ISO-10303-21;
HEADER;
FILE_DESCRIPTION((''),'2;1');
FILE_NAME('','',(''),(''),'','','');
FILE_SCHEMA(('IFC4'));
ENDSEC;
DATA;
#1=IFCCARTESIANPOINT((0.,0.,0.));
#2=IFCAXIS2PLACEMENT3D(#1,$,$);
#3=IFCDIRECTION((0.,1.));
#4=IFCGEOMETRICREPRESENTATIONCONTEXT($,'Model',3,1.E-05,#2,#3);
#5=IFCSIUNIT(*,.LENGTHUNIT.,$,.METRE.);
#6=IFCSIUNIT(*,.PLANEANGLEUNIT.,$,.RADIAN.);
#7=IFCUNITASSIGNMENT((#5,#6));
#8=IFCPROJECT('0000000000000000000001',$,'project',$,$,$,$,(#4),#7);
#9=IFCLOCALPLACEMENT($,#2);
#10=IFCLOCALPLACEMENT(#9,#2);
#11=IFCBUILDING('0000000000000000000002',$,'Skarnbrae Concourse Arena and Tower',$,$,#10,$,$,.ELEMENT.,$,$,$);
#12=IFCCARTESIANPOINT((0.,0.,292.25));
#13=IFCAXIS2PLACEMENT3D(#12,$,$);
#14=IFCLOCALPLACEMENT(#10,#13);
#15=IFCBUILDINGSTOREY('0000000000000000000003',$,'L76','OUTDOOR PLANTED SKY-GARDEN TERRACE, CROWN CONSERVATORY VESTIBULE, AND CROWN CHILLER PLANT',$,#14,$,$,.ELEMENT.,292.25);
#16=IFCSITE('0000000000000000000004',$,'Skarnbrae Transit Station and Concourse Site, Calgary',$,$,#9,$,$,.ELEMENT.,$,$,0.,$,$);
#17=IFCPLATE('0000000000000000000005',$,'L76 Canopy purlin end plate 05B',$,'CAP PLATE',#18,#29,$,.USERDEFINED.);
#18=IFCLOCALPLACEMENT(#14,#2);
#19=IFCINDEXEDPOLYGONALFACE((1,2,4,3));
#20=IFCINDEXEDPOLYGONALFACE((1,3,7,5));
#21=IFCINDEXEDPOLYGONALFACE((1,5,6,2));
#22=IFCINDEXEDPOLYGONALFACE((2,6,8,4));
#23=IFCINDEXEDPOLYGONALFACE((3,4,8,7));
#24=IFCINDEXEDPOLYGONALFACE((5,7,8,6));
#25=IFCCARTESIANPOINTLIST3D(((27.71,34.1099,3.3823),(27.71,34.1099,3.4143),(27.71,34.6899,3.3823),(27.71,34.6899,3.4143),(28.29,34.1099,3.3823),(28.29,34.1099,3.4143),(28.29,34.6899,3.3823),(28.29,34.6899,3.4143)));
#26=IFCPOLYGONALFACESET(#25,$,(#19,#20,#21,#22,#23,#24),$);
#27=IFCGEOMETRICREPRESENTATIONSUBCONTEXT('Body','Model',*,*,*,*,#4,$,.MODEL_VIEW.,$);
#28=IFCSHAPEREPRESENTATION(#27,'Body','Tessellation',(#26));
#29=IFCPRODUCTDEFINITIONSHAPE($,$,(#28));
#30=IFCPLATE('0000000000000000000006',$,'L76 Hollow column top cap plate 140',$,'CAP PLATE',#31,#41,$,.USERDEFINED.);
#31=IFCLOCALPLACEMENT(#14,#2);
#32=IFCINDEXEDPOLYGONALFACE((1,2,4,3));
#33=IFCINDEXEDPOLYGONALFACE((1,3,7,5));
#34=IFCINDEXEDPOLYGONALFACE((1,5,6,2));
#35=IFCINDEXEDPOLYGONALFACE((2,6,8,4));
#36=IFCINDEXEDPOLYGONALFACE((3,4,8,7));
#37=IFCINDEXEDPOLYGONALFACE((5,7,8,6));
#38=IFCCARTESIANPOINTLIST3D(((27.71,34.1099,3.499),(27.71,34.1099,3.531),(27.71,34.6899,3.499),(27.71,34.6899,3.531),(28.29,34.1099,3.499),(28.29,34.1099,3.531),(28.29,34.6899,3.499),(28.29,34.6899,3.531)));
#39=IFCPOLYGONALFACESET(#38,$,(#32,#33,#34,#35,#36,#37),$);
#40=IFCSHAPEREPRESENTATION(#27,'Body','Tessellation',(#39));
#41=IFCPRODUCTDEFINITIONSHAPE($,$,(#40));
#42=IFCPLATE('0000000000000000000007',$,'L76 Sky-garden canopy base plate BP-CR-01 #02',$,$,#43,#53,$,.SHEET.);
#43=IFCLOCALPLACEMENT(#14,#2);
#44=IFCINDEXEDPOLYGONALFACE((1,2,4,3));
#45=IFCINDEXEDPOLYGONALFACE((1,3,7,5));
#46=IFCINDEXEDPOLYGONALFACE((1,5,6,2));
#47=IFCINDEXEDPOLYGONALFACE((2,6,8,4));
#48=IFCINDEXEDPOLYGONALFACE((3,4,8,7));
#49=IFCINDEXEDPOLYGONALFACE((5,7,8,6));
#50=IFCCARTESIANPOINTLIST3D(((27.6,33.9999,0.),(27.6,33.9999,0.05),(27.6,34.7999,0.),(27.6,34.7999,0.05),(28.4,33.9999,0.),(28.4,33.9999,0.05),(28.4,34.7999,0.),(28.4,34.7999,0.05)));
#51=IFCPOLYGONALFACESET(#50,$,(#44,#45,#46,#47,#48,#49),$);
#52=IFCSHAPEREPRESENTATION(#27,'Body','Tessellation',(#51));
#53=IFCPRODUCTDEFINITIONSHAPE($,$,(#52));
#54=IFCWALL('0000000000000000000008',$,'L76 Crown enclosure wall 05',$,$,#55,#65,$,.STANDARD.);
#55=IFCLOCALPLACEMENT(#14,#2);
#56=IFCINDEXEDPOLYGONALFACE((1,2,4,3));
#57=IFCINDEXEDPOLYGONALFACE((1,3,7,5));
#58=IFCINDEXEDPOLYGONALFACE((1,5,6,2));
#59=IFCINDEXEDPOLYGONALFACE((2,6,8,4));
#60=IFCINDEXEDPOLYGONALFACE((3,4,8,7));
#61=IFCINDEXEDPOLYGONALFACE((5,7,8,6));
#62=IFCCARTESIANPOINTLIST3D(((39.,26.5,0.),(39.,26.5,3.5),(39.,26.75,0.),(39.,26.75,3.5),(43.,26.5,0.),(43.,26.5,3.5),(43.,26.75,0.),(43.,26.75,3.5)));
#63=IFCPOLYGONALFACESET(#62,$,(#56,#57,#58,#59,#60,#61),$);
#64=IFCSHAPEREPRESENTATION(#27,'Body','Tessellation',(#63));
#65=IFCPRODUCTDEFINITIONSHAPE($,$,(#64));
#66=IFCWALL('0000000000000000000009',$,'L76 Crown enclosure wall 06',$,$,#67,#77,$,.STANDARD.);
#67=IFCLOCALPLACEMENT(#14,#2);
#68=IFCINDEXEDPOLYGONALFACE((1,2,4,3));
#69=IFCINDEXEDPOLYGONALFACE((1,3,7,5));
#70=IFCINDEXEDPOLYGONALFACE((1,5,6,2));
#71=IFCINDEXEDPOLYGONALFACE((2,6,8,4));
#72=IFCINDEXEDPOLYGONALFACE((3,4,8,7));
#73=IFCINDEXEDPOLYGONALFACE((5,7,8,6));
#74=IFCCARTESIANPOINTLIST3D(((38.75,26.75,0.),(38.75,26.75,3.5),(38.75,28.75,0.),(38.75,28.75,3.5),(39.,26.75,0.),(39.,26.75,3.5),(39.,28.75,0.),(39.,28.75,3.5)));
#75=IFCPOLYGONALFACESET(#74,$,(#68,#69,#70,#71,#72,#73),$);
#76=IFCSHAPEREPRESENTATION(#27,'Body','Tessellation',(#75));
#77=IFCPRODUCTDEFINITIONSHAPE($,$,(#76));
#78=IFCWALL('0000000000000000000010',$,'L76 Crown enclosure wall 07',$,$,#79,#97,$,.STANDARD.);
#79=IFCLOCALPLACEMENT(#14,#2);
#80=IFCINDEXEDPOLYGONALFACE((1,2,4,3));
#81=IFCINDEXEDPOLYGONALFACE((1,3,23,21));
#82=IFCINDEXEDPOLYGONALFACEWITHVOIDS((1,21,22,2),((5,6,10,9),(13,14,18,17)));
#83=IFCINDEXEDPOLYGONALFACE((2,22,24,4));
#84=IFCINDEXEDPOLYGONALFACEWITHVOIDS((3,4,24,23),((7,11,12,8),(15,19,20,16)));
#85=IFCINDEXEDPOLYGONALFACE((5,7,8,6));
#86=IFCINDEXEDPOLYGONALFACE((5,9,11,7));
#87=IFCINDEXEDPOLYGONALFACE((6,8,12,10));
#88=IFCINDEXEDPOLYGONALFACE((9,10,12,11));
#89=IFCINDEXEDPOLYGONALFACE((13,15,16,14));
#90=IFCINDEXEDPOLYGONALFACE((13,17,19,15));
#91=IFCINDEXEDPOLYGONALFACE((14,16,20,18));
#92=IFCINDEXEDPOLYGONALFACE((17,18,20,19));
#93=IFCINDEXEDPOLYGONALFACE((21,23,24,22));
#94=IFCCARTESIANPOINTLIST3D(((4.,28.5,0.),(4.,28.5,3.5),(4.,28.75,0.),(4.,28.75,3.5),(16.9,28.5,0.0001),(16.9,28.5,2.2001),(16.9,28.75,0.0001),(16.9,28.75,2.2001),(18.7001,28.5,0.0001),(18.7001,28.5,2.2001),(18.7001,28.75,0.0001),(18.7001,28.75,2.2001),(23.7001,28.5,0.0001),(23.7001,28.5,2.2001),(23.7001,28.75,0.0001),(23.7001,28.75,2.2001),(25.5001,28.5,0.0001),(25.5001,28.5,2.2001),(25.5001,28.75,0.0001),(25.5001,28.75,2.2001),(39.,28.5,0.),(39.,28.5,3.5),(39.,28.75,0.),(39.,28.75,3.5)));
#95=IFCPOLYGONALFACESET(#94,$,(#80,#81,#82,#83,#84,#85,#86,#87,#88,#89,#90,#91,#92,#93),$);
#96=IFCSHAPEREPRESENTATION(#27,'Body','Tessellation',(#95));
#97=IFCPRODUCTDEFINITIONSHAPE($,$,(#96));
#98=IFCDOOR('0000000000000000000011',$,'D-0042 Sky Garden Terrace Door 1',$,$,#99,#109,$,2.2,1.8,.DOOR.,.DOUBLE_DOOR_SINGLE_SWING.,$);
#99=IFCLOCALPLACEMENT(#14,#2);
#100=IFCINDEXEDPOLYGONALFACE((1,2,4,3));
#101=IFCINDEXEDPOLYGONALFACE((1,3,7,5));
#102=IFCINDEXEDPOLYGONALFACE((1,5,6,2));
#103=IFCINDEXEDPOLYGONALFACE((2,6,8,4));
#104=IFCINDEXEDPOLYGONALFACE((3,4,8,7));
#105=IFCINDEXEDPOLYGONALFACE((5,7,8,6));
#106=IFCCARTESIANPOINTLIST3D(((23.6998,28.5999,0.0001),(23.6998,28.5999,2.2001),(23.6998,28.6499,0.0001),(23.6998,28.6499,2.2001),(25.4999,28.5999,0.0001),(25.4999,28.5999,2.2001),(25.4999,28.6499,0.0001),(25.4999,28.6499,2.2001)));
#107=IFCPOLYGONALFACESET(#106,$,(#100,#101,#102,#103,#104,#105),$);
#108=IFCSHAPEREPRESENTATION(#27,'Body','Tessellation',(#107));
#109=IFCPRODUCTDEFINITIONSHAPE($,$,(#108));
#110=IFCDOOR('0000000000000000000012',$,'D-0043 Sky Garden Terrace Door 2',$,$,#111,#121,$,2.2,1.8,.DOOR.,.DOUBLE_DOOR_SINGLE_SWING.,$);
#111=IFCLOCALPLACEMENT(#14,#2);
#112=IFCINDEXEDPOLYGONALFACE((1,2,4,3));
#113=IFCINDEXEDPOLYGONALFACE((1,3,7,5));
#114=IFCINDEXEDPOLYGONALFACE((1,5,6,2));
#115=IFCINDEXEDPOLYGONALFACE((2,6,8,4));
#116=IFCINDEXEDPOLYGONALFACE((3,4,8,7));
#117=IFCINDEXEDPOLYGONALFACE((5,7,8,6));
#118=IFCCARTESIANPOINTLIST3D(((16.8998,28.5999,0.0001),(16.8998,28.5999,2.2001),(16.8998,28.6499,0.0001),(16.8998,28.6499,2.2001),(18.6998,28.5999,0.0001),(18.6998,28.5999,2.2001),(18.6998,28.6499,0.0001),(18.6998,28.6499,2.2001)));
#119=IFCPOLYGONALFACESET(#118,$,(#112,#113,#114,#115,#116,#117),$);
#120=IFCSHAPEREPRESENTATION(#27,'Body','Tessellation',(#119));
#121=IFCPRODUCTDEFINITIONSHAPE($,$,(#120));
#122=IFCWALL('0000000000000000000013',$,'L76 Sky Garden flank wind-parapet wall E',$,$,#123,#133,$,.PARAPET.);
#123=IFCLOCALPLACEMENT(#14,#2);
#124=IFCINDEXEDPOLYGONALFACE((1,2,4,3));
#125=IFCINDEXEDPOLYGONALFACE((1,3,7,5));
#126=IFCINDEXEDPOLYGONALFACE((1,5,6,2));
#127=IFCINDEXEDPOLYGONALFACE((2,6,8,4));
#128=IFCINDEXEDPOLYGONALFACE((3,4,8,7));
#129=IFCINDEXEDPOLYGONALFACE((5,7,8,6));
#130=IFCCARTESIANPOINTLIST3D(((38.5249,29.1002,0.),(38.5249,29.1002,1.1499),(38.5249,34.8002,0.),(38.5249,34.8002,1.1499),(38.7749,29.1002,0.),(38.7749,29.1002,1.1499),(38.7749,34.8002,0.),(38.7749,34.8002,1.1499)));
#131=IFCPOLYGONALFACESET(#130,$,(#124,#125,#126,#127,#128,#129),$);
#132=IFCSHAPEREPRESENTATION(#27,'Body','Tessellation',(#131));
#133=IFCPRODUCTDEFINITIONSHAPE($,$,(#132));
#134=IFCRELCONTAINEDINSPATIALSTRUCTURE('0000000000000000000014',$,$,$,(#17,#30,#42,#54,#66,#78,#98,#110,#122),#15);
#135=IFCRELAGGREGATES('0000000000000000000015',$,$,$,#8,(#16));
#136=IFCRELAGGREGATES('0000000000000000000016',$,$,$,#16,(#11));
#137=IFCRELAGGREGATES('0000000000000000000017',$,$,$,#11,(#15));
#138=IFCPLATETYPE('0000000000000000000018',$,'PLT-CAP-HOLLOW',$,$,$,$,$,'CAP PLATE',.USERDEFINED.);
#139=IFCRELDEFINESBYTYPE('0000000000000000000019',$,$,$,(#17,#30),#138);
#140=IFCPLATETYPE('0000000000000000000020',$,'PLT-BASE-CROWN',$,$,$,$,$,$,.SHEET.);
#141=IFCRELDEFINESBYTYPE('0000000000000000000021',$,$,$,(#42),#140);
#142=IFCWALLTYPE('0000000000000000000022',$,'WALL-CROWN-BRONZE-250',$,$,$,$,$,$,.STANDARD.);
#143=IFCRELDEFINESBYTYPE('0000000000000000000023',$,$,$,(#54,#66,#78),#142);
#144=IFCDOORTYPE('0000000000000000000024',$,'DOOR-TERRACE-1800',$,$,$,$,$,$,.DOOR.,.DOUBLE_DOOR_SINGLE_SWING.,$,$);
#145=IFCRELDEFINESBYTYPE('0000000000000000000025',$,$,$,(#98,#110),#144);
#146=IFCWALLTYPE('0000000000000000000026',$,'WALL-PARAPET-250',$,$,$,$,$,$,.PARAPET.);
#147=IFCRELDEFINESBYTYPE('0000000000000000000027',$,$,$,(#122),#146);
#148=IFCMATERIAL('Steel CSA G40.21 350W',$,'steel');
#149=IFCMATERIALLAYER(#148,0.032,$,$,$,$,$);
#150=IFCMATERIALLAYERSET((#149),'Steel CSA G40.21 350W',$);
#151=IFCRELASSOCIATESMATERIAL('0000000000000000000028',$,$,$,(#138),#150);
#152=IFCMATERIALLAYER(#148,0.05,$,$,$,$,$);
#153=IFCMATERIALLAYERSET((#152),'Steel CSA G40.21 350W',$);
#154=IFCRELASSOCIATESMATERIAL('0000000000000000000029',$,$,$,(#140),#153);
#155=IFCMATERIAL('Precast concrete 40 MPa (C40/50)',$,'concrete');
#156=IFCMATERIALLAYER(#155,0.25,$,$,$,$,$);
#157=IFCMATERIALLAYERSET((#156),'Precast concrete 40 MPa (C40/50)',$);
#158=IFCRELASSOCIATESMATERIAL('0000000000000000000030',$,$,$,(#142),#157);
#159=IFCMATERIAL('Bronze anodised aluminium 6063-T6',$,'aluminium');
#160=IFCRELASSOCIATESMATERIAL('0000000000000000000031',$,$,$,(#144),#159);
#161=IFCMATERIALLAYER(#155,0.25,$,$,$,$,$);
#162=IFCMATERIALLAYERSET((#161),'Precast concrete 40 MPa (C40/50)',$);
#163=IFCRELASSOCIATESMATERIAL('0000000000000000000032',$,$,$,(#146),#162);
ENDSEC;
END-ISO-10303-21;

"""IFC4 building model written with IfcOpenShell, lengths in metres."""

from ifc_helpers import new_model, si_unit, direction, frame, frame_2d, origin, origin_2d, place, context, subcontext, project, spatial, rectangle, extrude, source, transform, mapped, material, layer, layer_set, type_object, element, fill, save


model = new_model("IFC4")

# Units and contexts
model_context = context("Model", 3, precision=1e-05, world=origin(), true_north=direction((0.0, 1.0)))
body_context = subcontext(model_context, "Body", "Model", "MODEL_VIEW")
ifc_project = project(units=[si_unit("LENGTHUNIT", "METRE"), si_unit("PLANEANGLEUNIT", "RADIAN")], contexts=[model_context])

# Site, building, storey
site_placement = place(None, origin())
site = spatial("IfcSite", under=ifc_project, at=site_placement, Name="Skarnbrae Transit Station and Concourse Site, Calgary", CompositionType="ELEMENT", RefElevation=0.0)
building_placement = place(site_placement, origin())
building = spatial("IfcBuilding", under=site, at=building_placement, Name="Skarnbrae Concourse Arena and Tower", CompositionType="ELEMENT")
storey_placement = place(building_placement, frame((0.0, 0.0, 292.25)))
storey = spatial("IfcBuildingStorey", under=building, at=storey_placement, Name="L76", Description="OUTDOOR PLANTED SKY-GARDEN TERRACE, CROWN CONSERVATORY VESTIBULE, AND CROWN CHILLER PLANT", CompositionType="ELEMENT", Elevation=292.25)

# Shared definitions
ifc_material_1 = material(Name="Steel CSA G40.21 350W", Category="steel")

# Plates
ifc_layer_1 = layer(ifc_material_1, 0.032)
ifc_layer_set_1 = layer_set([ifc_layer_1], Name="Steel CSA G40.21 350W")
plate_type_1 = type_object("IfcPlateType", Name="PLT-CAP-HOLLOW", ElementType="CAP PLATE", PredefinedType="USERDEFINED", material=ifc_layer_set_1)
shared_shape_1 = source(origin(), body_context, "Body", "SweptSolid", [
    extrude(rectangle(XDim=0.5801, YDim=0.5801, at=origin_2d()), origin(), (0.0, 0.0, 1.0), 0.032),
])
for number, where, z_axis, x_axis, name in (
    (1, (28.0, 34.3999, 3.3823), (0.0, 0.0, 1.0), (1.0, 0.0, 0.0), "L76 Canopy purlin end plate 05B"),
    (2, (28.0, 34.3999, 3.499), (0.0, 0.0, 1.0), (1.0, 0.0, 0.0), "L76 Hollow column top cap plate 140"),
):
    element("IfcPlate", number, at=place(storey_placement, frame(where, z_axis=z_axis, x_axis=x_axis)), inside=storey, type_object=plate_type_1, Name=name, ObjectType="CAP PLATE", PredefinedType="USERDEFINED", context=body_context, shape_type="MappedRepresentation", body=[
        mapped(shared_shape_1, transform((0.0, 0.0, 0.0))),
    ])
ifc_layer_2 = layer(ifc_material_1, 0.05)
ifc_layer_set_2 = layer_set([ifc_layer_2], Name="Steel CSA G40.21 350W")
plate_type_2 = type_object("IfcPlateType", Name="PLT-BASE-CROWN", PredefinedType="SHEET", material=ifc_layer_set_2)
shared_shape_2 = source(origin(), body_context, "Body", "SweptSolid", [
    extrude(rectangle(XDim=0.8, YDim=0.8, at=origin_2d()), origin(), (0.0, 0.0, 1.0), 0.05),
])
plate_placement = place(storey_placement, frame((28.0, 34.3999, 0.0), z_axis=(0.0, 0.0, 1.0), x_axis=(1.0, 0.0, 0.0)))
element("IfcPlate", 3, at=plate_placement, inside=storey, type_object=plate_type_2, Name="L76 Sky-garden canopy base plate BP-CR-01 #02", PredefinedType="SHEET", context=body_context, shape_type="MappedRepresentation", body=[
    mapped(shared_shape_2, transform((0.0, 0.0, 0.0))),
])

# Walls
ifc_material_2 = material(Name="Precast concrete 40 MPa (C40/50)", Category="concrete")
ifc_layer_3 = layer(ifc_material_2, 0.25)
ifc_layer_set_3 = layer_set([ifc_layer_3], Name="Precast concrete 40 MPa (C40/50)")
wall_type_1 = type_object("IfcWallType", Name="WALL-CROWN-BRONZE-250", PredefinedType="STANDARD", material=ifc_layer_set_3)
shared_shape_3 = source(origin(), body_context, "Body", "SweptSolid", [
    extrude(rectangle(XDim=4.0, YDim=0.25, at=frame_2d((2.0, 0.0))), origin(), (0.0, 0.0, 1.0), 3.5),
])
wall_1_placement = place(storey_placement, frame((43.0, 26.625, 0.0), z_axis=(0.0, 0.0, 1.0), x_axis=(-1.0, 0.0, 0.0)))
element("IfcWall", 4, at=wall_1_placement, inside=storey, type_object=wall_type_1, Name="L76 Crown enclosure wall 05", PredefinedType="STANDARD", context=body_context, shape_type="MappedRepresentation", body=[
    mapped(shared_shape_3, transform((0.0, 0.0, 0.0))),
])
shared_shape_4 = source(origin(), body_context, "Body", "SweptSolid", [
    extrude(rectangle(XDim=2.0, YDim=0.25, at=frame_2d((1.0, 0.0))), origin(), (0.0, 0.0, 1.0), 3.5),
])
wall_2_placement = place(storey_placement, frame((38.875, 26.75, 0.0), z_axis=(0.0, 0.0, 1.0), x_axis=(0.0, 1.0, 0.0)))
element("IfcWall", 5, at=wall_2_placement, inside=storey, type_object=wall_type_1, Name="L76 Crown enclosure wall 06", PredefinedType="STANDARD", context=body_context, shape_type="MappedRepresentation", body=[
    mapped(shared_shape_4, transform((0.0, 0.0, 0.0))),
])

# Wall, openings, doors
shared_shape_5 = source(origin(), body_context, "Body", "SweptSolid", [
    extrude(rectangle(XDim=35.0, YDim=0.25, at=frame_2d((17.5, 0.0))), origin(), (0.0, 0.0, 1.0), 3.5),
])
wall_3_placement = place(storey_placement, frame((39.0, 28.625, 0.0), z_axis=(0.0, 0.0, 1.0), x_axis=(-1.0, 0.0, 0.0)))
wall_3 = element("IfcWall", 6, at=wall_3_placement, inside=storey, type_object=wall_type_1, Name="L76 Crown enclosure wall 07", PredefinedType="STANDARD", context=body_context, shape_type="MappedRepresentation", body=[
    mapped(shared_shape_5, transform((0.0, 0.0, 0.0))),
])
opening_1_placement = place(wall_3_placement, frame((13.5, 0.0, 0.0)))
opening_1 = element("IfcOpeningElement", 7, at=opening_1_placement, cuts=wall_3, PredefinedType="OPENING", context=body_context, shape_type="SweptSolid", body=[
    extrude(rectangle(XDim=1.8, YDim=2.2, at=frame_2d((0.8999, 1.1001))), frame((0.0, 0.135, 0.0), z_axis=(0.0, -1.0, 0.0), x_axis=(1.0, 0.0, 0.0)), (0.0, 0.0, 1.0), 0.27),
])
opening_2_placement = place(wall_3_placement, frame((20.3, 0.0, 0.0)))
opening_2 = element("IfcOpeningElement", 8, at=opening_2_placement, cuts=wall_3, PredefinedType="OPENING", context=body_context, shape_type="SweptSolid", body=[
    extrude(rectangle(XDim=1.8, YDim=2.2, at=frame_2d((0.8999, 1.1001))), frame((0.0, 0.135, 0.0), z_axis=(0.0, -1.0, 0.0), x_axis=(1.0, 0.0, 0.0)), (0.0, 0.0, 1.0), 0.27),
])
ifc_material_3 = material(Name="Bronze anodised aluminium 6063-T6", Category="aluminium")
door_type = type_object("IfcDoorType", Name="DOOR-TERRACE-1800", OperationType="DOUBLE_DOOR_SINGLE_SWING", PredefinedType="DOOR", material=ifc_material_3)
shared_shape_6 = source(origin(), body_context, "Body", "SweptSolid", [
    extrude(rectangle(XDim=1.8, YDim=2.2, at=frame_2d((0.8999, 1.1001))), frame((0.0, 0.0249, 0.0), z_axis=(0.0, -1.0, 0.0), x_axis=(1.0, 0.0, 0.0)), (0.0, 0.0, 1.0), 0.05),
])
door_1_placement = place(opening_1_placement, frame((1.8, 0.0, 0.0), z_axis=(0.0, 0.0, 1.0), x_axis=(-1.0, 0.0, 0.0)))
door_1 = element("IfcDoor", 9, at=door_1_placement, inside=storey, type_object=door_type, Name="D-0042 Sky Garden Terrace Door 1", OperationType="DOUBLE_DOOR_SINGLE_SWING", OverallHeight=2.2, OverallWidth=1.8, PredefinedType="DOOR", context=body_context, shape_type="MappedRepresentation", body=[
    mapped(shared_shape_6, transform((0.0, 0.0, 0.0))),
])
fill(opening_1, door_1)
door_2_placement = place(opening_2_placement, frame((1.8, 0.0, 0.0), z_axis=(0.0, 0.0, 1.0), x_axis=(-1.0, 0.0, 0.0)))
door_2 = element("IfcDoor", 10, at=door_2_placement, inside=storey, type_object=door_type, Name="D-0043 Sky Garden Terrace Door 2", OperationType="DOUBLE_DOOR_SINGLE_SWING", OverallHeight=2.2, OverallWidth=1.8, PredefinedType="DOOR", context=body_context, shape_type="MappedRepresentation", body=[
    mapped(shared_shape_6, transform((0.0, 0.0, 0.0))),
])
fill(opening_2, door_2)

# Wall
ifc_layer_4 = layer(ifc_material_2, 0.25)
ifc_layer_set_4 = layer_set([ifc_layer_4], Name="Precast concrete 40 MPa (C40/50)")
wall_type_2 = type_object("IfcWallType", Name="WALL-PARAPET-250", PredefinedType="PARAPET", material=ifc_layer_set_4)
shared_shape_7 = source(origin(), body_context, "Body", "SweptSolid", [
    extrude(rectangle(XDim=5.7, YDim=0.25, at=frame_2d((2.8501, 0.0))), origin(), (0.0, 0.0, 1.0), 1.1499),
])
wall_4_placement = place(storey_placement, frame((38.6499, 29.1001, 0.0), z_axis=(0.0, 0.0, 1.0), x_axis=(0.0, 1.0, 0.0)))
element("IfcWall", 11, at=wall_4_placement, inside=storey, type_object=wall_type_2, Name="L76 Sky Garden flank wind-parapet wall E", PredefinedType="PARAPET", context=body_context, shape_type="MappedRepresentation", body=[
    mapped(shared_shape_7, transform((0.0, 0.0, 0.0))),
])

save(model, "model.ifc")
